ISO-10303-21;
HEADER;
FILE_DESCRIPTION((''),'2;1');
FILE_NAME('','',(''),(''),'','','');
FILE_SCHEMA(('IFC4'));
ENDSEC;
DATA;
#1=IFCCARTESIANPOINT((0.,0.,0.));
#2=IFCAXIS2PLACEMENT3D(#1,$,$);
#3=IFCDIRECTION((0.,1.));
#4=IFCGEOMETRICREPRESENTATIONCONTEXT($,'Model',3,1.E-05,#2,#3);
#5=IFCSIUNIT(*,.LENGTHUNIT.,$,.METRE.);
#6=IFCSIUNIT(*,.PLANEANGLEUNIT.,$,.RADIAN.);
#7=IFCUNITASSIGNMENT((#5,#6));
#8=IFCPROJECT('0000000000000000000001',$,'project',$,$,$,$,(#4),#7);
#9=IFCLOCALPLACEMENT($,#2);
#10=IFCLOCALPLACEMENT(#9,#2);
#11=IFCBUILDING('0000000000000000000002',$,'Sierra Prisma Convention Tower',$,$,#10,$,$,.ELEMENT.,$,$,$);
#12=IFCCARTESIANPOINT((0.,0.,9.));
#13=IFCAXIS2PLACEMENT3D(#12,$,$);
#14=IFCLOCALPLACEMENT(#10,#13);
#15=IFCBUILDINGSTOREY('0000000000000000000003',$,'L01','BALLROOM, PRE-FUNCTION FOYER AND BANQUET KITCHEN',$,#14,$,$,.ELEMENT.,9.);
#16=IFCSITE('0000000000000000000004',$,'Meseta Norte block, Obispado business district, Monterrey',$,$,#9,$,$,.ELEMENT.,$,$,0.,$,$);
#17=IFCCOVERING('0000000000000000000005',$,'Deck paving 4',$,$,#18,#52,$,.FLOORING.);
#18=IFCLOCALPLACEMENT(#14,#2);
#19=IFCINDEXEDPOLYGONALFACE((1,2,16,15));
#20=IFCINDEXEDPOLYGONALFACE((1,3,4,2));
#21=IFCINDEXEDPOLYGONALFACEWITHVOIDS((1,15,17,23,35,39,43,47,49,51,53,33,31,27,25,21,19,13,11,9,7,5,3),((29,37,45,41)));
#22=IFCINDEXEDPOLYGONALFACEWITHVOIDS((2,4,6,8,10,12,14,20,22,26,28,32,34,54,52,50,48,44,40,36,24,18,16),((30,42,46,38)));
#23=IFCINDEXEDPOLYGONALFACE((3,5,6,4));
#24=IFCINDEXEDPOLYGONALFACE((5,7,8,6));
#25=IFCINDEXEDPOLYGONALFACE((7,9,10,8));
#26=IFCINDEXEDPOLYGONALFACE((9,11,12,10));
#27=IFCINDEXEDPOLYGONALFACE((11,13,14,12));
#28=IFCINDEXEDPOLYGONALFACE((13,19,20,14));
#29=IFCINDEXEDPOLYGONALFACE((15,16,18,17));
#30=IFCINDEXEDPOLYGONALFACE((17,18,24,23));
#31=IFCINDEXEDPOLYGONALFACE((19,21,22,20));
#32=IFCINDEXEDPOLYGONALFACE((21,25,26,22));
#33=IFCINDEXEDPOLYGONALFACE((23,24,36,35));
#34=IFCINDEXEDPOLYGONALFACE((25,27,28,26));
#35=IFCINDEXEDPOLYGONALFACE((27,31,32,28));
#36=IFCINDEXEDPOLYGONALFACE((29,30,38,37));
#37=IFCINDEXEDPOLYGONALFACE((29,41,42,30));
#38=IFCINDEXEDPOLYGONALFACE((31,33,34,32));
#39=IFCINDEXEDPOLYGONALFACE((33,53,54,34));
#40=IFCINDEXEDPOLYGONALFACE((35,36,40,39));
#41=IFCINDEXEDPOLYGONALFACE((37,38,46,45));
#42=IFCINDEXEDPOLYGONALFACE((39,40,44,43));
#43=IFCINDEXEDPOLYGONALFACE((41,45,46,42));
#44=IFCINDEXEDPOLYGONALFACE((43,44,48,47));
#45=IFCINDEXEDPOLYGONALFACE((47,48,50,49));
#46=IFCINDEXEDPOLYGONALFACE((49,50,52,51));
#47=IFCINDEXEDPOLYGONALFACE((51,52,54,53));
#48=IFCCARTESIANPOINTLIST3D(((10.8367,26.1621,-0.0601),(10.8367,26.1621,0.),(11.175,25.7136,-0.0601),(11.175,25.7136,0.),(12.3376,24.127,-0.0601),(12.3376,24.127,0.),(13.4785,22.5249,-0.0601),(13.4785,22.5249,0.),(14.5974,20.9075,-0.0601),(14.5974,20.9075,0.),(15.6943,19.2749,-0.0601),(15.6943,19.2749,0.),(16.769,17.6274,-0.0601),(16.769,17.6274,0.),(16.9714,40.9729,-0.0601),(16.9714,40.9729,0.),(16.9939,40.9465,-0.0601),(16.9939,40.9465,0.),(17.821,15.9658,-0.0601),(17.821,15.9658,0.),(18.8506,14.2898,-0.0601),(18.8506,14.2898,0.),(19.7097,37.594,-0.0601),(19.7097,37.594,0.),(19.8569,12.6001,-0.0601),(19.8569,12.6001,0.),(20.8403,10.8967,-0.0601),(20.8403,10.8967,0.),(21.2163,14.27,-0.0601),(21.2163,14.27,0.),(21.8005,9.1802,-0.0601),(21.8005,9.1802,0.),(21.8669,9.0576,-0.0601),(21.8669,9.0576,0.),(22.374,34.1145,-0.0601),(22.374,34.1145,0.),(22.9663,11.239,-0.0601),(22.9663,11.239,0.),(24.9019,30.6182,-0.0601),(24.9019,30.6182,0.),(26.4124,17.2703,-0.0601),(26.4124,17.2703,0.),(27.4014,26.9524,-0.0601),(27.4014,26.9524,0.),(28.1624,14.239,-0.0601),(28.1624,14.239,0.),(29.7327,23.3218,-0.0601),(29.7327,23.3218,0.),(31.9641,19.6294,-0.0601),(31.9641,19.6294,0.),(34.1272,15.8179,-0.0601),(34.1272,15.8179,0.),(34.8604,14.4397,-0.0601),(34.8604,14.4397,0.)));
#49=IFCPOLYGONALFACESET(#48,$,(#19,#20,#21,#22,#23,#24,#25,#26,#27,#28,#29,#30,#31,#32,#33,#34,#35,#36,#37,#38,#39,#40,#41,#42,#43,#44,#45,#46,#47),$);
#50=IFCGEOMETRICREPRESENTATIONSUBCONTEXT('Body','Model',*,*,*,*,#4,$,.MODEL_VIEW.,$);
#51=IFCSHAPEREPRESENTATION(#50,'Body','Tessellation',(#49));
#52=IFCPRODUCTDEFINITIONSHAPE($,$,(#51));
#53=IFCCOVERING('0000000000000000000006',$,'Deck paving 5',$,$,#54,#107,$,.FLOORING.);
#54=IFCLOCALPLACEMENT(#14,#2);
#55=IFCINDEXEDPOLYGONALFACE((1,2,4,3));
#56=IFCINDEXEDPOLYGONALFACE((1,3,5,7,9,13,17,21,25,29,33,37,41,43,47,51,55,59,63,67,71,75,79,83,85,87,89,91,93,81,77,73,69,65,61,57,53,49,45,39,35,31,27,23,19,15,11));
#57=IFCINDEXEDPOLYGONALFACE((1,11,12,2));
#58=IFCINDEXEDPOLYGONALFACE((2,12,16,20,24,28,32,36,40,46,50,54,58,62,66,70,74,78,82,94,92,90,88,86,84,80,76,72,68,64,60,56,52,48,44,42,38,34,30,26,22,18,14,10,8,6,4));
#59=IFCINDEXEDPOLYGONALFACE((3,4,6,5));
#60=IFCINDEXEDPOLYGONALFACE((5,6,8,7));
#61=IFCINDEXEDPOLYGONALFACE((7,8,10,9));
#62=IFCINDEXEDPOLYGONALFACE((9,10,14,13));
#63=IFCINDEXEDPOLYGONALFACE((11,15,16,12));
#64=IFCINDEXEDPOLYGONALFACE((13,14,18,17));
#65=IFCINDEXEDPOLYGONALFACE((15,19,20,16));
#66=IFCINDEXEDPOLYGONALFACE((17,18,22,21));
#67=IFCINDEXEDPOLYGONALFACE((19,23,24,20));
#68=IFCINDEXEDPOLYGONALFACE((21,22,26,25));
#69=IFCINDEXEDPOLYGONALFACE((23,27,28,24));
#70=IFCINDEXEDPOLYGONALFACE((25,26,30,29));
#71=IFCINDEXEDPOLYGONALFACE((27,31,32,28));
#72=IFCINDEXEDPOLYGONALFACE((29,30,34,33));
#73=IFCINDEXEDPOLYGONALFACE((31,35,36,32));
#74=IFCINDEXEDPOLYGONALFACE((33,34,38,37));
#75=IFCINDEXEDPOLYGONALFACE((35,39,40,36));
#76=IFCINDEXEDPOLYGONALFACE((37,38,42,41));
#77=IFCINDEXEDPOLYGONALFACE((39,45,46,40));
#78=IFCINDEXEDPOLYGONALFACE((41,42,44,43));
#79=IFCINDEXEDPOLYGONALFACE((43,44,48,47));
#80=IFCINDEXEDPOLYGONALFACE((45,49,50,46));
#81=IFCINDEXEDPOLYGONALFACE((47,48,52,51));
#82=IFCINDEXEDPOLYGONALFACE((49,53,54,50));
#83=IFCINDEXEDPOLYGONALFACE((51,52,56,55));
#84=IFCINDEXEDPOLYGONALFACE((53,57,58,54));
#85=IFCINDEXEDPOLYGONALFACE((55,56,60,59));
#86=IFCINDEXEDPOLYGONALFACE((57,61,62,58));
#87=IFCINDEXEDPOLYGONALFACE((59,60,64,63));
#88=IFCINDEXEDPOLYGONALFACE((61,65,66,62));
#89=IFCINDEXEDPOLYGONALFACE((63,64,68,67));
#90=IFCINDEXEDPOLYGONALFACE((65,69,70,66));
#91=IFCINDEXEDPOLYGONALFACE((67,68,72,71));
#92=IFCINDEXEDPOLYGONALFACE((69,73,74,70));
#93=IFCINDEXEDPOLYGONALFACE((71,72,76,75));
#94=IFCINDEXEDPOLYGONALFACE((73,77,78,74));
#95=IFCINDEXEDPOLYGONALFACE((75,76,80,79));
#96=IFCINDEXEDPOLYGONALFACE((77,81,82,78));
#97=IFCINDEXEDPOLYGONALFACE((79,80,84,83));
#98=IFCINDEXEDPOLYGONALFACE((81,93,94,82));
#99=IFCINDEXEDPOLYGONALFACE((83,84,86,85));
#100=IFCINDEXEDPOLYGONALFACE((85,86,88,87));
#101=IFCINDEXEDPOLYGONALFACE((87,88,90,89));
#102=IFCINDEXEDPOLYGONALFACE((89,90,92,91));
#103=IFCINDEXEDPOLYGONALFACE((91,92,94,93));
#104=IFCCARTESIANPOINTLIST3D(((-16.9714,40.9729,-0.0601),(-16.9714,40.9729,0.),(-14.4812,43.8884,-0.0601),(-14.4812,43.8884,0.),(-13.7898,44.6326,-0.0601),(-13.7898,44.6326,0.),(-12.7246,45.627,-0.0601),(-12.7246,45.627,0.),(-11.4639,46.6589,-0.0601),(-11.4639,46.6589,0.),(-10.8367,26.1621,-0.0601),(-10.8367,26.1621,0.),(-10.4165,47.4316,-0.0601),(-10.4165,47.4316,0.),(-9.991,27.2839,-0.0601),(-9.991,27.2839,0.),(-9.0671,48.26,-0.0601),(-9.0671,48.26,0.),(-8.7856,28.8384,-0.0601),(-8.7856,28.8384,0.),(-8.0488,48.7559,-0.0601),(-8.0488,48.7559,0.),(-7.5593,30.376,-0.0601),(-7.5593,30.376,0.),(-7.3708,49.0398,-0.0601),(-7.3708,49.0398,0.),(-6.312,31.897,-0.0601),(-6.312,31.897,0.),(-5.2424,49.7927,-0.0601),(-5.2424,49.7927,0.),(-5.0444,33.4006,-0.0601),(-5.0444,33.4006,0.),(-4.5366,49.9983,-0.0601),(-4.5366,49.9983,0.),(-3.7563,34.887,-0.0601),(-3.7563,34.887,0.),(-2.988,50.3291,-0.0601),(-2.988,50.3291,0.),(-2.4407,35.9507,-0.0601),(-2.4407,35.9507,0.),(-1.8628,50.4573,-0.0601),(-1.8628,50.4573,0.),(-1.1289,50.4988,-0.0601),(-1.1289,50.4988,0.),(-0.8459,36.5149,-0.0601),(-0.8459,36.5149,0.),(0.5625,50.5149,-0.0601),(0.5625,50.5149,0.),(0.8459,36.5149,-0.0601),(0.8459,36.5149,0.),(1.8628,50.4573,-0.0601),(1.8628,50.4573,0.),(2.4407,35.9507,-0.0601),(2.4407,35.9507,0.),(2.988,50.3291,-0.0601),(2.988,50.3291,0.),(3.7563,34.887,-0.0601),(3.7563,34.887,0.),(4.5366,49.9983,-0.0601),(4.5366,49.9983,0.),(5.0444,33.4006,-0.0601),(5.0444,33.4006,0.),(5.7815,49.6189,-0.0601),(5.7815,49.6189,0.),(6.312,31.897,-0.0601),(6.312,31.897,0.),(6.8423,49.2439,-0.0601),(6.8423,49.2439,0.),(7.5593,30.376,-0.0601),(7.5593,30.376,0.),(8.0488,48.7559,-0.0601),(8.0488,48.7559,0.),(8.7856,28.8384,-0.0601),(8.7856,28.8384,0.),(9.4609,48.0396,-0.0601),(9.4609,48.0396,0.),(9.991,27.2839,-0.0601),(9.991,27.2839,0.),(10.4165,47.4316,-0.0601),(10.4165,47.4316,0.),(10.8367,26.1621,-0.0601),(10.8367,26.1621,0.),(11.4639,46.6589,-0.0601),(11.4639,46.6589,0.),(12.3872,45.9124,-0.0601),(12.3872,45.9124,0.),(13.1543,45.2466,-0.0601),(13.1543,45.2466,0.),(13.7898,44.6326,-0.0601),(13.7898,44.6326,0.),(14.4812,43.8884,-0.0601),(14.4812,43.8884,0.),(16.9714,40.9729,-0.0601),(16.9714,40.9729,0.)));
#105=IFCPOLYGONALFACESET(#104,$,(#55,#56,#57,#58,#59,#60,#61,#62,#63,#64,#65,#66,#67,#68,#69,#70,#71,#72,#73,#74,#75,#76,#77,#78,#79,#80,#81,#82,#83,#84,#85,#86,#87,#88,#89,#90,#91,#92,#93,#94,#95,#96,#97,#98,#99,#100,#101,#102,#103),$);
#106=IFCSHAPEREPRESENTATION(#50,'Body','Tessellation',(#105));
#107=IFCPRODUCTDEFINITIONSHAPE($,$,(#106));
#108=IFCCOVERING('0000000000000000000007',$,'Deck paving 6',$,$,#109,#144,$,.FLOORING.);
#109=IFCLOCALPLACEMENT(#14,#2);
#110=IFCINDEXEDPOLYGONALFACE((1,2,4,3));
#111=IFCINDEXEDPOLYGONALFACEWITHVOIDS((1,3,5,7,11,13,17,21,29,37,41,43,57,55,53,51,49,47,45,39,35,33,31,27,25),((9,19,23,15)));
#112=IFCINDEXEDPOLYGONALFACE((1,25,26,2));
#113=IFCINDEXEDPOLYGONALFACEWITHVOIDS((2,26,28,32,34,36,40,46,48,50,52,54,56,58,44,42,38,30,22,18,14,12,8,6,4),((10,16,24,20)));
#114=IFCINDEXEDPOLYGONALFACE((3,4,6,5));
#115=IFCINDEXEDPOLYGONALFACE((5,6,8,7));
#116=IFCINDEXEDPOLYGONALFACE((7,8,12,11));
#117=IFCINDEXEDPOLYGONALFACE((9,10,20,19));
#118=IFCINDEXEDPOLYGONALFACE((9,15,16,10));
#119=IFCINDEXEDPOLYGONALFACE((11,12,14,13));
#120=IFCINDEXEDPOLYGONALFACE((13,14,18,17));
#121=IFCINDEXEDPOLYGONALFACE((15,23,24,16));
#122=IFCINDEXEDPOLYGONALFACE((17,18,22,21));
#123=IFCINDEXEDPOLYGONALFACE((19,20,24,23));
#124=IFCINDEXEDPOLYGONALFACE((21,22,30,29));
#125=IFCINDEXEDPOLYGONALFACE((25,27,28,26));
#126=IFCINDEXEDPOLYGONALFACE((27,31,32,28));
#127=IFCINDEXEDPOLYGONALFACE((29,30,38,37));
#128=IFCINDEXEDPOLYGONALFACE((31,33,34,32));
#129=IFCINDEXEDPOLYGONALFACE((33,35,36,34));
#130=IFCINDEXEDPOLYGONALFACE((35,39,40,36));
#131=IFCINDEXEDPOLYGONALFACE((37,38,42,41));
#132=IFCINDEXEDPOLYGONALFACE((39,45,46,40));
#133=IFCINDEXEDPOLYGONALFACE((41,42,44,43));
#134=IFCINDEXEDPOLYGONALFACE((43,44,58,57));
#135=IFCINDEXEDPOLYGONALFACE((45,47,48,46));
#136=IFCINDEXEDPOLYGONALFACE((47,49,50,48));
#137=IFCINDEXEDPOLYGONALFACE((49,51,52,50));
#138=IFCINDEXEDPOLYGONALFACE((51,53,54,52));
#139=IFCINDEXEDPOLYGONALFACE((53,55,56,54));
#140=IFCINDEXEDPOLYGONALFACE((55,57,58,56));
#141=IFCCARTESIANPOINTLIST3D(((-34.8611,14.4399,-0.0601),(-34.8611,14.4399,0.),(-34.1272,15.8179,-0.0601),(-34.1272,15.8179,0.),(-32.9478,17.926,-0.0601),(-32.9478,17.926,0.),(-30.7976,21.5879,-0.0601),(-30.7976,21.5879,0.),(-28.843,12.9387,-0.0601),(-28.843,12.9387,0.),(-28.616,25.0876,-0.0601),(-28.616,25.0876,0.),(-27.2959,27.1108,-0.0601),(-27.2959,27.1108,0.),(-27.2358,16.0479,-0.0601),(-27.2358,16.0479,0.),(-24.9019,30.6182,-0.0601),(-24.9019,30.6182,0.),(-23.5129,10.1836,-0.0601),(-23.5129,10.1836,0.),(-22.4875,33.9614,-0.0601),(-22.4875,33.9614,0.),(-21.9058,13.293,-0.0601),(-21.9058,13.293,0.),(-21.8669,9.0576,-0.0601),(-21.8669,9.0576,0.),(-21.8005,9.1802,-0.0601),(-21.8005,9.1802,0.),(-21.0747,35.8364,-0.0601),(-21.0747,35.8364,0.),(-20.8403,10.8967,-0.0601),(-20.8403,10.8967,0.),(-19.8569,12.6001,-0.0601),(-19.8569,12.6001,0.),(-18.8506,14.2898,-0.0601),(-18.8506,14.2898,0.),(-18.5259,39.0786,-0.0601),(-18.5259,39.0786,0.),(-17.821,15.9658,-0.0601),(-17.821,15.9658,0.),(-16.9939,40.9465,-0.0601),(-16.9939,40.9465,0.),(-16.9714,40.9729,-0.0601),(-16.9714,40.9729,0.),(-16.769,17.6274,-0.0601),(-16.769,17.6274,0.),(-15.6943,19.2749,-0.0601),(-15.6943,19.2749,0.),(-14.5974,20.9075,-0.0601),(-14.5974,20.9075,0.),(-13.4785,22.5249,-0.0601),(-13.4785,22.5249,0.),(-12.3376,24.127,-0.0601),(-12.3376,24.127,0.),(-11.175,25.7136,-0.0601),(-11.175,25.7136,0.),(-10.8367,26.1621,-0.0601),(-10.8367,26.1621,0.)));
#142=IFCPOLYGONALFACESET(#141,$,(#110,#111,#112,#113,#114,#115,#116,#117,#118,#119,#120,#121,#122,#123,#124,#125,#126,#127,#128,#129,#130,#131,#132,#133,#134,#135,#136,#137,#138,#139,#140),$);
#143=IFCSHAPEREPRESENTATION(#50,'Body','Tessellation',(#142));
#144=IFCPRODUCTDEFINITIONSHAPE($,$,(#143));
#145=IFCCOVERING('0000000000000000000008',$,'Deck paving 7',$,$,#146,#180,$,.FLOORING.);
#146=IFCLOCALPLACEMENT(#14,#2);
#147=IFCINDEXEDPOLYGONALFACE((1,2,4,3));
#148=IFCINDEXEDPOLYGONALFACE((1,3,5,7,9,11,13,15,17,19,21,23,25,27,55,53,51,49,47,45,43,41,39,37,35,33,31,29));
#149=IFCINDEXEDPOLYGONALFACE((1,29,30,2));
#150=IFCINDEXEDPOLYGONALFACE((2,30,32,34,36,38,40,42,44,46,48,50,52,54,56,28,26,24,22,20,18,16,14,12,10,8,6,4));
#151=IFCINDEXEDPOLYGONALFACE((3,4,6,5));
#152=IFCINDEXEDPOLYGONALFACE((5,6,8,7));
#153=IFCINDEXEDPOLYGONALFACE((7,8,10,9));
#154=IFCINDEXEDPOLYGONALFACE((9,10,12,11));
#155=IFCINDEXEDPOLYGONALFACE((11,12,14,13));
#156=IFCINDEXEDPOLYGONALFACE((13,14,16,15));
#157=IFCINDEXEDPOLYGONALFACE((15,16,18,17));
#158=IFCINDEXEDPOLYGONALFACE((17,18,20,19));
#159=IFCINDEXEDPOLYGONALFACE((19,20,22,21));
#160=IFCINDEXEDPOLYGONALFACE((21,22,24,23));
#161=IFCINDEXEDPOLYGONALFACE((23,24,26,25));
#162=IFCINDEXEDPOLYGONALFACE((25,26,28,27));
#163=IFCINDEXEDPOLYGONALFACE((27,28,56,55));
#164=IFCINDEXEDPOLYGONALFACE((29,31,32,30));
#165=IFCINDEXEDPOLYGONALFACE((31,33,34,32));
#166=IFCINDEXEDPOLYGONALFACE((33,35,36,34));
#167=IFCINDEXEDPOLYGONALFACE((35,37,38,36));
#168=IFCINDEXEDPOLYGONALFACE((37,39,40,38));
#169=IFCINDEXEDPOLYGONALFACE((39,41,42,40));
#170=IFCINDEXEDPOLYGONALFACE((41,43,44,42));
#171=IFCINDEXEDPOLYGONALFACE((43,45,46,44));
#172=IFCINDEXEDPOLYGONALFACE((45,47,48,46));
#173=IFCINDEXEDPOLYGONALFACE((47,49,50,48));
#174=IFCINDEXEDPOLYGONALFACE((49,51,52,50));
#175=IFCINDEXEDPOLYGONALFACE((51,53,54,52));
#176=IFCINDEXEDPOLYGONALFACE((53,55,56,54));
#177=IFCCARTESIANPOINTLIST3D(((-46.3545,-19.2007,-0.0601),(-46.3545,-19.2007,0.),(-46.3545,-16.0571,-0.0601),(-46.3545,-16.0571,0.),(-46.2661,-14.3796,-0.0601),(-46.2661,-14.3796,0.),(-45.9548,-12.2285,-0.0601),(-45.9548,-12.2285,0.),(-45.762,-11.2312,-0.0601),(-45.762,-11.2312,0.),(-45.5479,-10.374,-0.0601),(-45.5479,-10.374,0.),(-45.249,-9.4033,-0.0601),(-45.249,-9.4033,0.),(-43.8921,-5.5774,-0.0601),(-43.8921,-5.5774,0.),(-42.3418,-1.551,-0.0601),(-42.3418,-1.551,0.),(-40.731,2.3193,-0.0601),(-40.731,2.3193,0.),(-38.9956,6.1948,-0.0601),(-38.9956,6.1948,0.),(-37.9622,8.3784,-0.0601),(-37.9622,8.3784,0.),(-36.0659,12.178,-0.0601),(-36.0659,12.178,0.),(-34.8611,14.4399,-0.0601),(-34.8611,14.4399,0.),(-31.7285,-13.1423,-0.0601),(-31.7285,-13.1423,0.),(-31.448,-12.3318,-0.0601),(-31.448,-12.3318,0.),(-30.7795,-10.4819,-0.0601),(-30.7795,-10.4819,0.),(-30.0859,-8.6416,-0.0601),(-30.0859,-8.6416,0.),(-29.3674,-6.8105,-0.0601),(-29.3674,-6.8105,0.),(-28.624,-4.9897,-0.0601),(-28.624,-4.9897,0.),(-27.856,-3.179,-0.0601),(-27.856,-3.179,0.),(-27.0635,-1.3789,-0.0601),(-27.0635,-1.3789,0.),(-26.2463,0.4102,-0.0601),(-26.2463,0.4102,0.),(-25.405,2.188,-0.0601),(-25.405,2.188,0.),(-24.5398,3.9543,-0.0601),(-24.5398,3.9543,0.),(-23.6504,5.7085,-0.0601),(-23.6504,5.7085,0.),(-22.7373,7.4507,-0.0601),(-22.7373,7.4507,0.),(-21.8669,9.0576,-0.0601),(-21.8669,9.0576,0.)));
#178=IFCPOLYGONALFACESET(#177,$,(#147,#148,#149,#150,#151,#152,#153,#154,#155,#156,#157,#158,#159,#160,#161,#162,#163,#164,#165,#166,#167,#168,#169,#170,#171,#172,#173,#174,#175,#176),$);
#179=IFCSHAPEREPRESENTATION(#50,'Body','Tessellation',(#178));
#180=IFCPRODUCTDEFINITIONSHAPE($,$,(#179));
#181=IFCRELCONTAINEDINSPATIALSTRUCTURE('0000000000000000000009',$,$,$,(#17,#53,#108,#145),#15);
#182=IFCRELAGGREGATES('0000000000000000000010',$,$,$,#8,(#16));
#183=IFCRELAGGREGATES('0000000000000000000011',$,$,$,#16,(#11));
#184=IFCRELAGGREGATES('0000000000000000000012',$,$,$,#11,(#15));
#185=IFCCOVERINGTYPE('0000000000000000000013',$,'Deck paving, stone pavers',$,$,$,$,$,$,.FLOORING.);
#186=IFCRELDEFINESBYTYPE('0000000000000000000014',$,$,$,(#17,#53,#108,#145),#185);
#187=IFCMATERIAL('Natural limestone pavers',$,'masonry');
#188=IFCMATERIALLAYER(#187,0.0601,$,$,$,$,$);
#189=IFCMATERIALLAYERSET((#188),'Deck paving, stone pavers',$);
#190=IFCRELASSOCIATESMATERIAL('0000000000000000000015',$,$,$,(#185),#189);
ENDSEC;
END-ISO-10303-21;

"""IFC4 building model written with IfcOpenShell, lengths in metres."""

from ifc_helpers import new_model, si_unit, direction, frame, origin, place, context, subcontext, project, spatial, polyline, outline, extrude, material, layer, layer_set, type_object, element, save


model = new_model("IFC4")

# Units and contexts
model_context = context("Model", 3, precision=1e-05, world=origin(), true_north=direction((0.0, 1.0)))
body_context = subcontext(model_context, "Body", "Model", "MODEL_VIEW")
ifc_project = project(units=[si_unit("LENGTHUNIT", "METRE"), si_unit("PLANEANGLEUNIT", "RADIAN")], contexts=[model_context])

# Site, building, storey
site_placement = place(None, origin())
site = spatial("IfcSite", under=ifc_project, at=site_placement, Name="Meseta Norte block, Obispado business district, Monterrey", CompositionType="ELEMENT", RefElevation=0.0)
building_placement = place(site_placement, origin())
building = spatial("IfcBuilding", under=site, at=building_placement, Name="Sierra Prisma Convention Tower", CompositionType="ELEMENT")
storey_placement = place(building_placement, frame((0.0, 0.0, 9.0)))
storey = spatial("IfcBuildingStorey", under=building, at=storey_placement, Name="L01", Description="BALLROOM, PRE-FUNCTION FOYER AND BANQUET KITCHEN", CompositionType="ELEMENT", Elevation=9.0)

# Coverings
ifc_material_1 = material(Name="Natural limestone pavers", Category="masonry")
ifc_layer_1 = layer(ifc_material_1, 0.0601)
ifc_layer_set_1 = layer_set([ifc_layer_1], Name="Deck paving, stone pavers")
covering_type_1 = type_object("IfcCoveringType", Name="Deck paving, stone pavers", PredefinedType="FLOORING", material=ifc_layer_set_1)
covering_1_placement = place(storey_placement, frame((0.0, 0.0, -0.0601)))
element("IfcCovering", 1, at=covering_1_placement, inside=storey, type_object=covering_type_1, Name="Deck paving 4", PredefinedType="FLOORING", context=body_context, shape_type="SweptSolid", body=[
    extrude(outline(polyline([(16.9714, 40.9729), (10.8367, 26.1621), (11.175, 25.7136), (12.3376, 24.127), (13.4785, 22.5249), (14.5974, 20.9075), (15.6943, 19.2749), (16.769, 17.6274), (17.821, 15.9658), (18.8506, 14.2898), (19.8569, 12.6001), (20.8403, 10.8967), (21.8005, 9.1802), (21.8669, 9.0576), (34.8604, 14.4397), (34.1272, 15.8179), (31.9641, 19.6294), (29.7327, 23.3218), (27.4014, 26.9524), (24.9019, 30.6182), (22.374, 34.1145), (19.7097, 37.594), (16.9939, 40.9465), (16.9714, 40.9729)]), holes=[polyline([(22.9663, 11.239), (21.2163, 14.27), (26.4124, 17.2703), (28.1624, 14.239), (22.9663, 11.239)])]), origin(), (0.0, 0.0, 1.0), 0.0601),
])
covering_2_placement = place(storey_placement, frame((0.0, 0.0, -0.0601)))
element("IfcCovering", 2, at=covering_2_placement, inside=storey, type_object=covering_type_1, Name="Deck paving 5", PredefinedType="FLOORING", context=body_context, shape_type="SweptSolid", body=[
    extrude(outline(polyline([(-16.9714, 40.9729), (-10.8367, 26.1621), (-9.991, 27.2839), (-8.7856, 28.8384), (-7.5593, 30.376), (-6.312, 31.897), (-5.0444, 33.4006), (-3.7563, 34.887), (-2.4407, 35.9507), (-0.8459, 36.5149), (0.8459, 36.5149), (2.4407, 35.9507), (3.7563, 34.887), (5.0444, 33.4006), (6.312, 31.897), (7.5593, 30.376), (8.7856, 28.8384), (9.991, 27.2839), (10.8367, 26.1621), (16.9714, 40.9729), (14.4812, 43.8884), (13.7898, 44.6326), (13.1543, 45.2466), (12.3872, 45.9124), (11.4639, 46.6589), (10.4165, 47.4316), (9.4609, 48.0396), (8.0488, 48.7559), (6.8423, 49.2439), (5.7815, 49.6189), (4.5366, 49.9983), (2.988, 50.3291), (1.8628, 50.4573), (0.5625, 50.5149), (-1.1289, 50.4988), (-1.8628, 50.4573), (-2.988, 50.3291), (-4.5366, 49.9983), (-5.2424, 49.7927), (-7.3708, 49.0398), (-8.0488, 48.7559), (-9.0671, 48.26), (-10.4165, 47.4316), (-11.4639, 46.6589), (-12.7246, 45.627), (-13.7898, 44.6326), (-14.4812, 43.8884), (-16.9714, 40.9729)])), origin(), (0.0, 0.0, 1.0), 0.0601),
])
covering_3_placement = place(storey_placement, frame((0.0, 0.0, -0.0601)))
element("IfcCovering", 3, at=covering_3_placement, inside=storey, type_object=covering_type_1, Name="Deck paving 6", PredefinedType="FLOORING", context=body_context, shape_type="SweptSolid", body=[
    extrude(outline(polyline([(-34.8611, 14.4399), (-21.8669, 9.0576), (-21.8005, 9.1802), (-20.8403, 10.8967), (-19.8569, 12.6001), (-18.8506, 14.2898), (-17.821, 15.9658), (-16.769, 17.6274), (-15.6943, 19.2749), (-14.5974, 20.9075), (-13.4785, 22.5249), (-12.3376, 24.127), (-11.175, 25.7136), (-10.8367, 26.1621), (-16.9714, 40.9729), (-16.9939, 40.9465), (-18.5259, 39.0786), (-21.0747, 35.8364), (-22.4875, 33.9614), (-24.9019, 30.6182), (-27.2959, 27.1108), (-28.616, 25.0876), (-30.7976, 21.5879), (-32.9478, 17.926), (-34.1272, 15.8179), (-34.8611, 14.4399)]), holes=[polyline([(-21.9058, 13.293), (-23.5129, 10.1836), (-28.843, 12.9387), (-27.2358, 16.0479), (-21.9058, 13.293)])]), origin(), (0.0, 0.0, 1.0), 0.0601),
])
covering_4_placement = place(storey_placement, frame((0.0, 0.0, -0.0601)))
element("IfcCovering", 4, at=covering_4_placement, inside=storey, type_object=covering_type_1, Name="Deck paving 7", PredefinedType="FLOORING", context=body_context, shape_type="SweptSolid", body=[
    extrude(outline(polyline([(-46.3545, -19.2007), (-31.7285, -13.1423), (-31.448, -12.3318), (-30.7795, -10.4819), (-30.0859, -8.6416), (-29.3674, -6.8105), (-28.624, -4.9897), (-27.856, -3.179), (-27.0635, -1.3789), (-26.2463, 0.4102), (-25.405, 2.188), (-24.5398, 3.9543), (-23.6504, 5.7085), (-22.7373, 7.4507), (-21.8669, 9.0576), (-34.8611, 14.4399), (-36.0659, 12.178), (-37.9622, 8.3784), (-38.9956, 6.1948), (-40.731, 2.3193), (-42.3418, -1.551), (-43.8921, -5.5774), (-45.249, -9.4033), (-45.5479, -10.374), (-45.762, -11.2312), (-45.9548, -12.2285), (-46.2661, -14.3796), (-46.3545, -16.0571), (-46.3545, -19.2007)])), origin(), (0.0, 0.0, 1.0), 0.0601),
])

save(model, "model.ifc")
